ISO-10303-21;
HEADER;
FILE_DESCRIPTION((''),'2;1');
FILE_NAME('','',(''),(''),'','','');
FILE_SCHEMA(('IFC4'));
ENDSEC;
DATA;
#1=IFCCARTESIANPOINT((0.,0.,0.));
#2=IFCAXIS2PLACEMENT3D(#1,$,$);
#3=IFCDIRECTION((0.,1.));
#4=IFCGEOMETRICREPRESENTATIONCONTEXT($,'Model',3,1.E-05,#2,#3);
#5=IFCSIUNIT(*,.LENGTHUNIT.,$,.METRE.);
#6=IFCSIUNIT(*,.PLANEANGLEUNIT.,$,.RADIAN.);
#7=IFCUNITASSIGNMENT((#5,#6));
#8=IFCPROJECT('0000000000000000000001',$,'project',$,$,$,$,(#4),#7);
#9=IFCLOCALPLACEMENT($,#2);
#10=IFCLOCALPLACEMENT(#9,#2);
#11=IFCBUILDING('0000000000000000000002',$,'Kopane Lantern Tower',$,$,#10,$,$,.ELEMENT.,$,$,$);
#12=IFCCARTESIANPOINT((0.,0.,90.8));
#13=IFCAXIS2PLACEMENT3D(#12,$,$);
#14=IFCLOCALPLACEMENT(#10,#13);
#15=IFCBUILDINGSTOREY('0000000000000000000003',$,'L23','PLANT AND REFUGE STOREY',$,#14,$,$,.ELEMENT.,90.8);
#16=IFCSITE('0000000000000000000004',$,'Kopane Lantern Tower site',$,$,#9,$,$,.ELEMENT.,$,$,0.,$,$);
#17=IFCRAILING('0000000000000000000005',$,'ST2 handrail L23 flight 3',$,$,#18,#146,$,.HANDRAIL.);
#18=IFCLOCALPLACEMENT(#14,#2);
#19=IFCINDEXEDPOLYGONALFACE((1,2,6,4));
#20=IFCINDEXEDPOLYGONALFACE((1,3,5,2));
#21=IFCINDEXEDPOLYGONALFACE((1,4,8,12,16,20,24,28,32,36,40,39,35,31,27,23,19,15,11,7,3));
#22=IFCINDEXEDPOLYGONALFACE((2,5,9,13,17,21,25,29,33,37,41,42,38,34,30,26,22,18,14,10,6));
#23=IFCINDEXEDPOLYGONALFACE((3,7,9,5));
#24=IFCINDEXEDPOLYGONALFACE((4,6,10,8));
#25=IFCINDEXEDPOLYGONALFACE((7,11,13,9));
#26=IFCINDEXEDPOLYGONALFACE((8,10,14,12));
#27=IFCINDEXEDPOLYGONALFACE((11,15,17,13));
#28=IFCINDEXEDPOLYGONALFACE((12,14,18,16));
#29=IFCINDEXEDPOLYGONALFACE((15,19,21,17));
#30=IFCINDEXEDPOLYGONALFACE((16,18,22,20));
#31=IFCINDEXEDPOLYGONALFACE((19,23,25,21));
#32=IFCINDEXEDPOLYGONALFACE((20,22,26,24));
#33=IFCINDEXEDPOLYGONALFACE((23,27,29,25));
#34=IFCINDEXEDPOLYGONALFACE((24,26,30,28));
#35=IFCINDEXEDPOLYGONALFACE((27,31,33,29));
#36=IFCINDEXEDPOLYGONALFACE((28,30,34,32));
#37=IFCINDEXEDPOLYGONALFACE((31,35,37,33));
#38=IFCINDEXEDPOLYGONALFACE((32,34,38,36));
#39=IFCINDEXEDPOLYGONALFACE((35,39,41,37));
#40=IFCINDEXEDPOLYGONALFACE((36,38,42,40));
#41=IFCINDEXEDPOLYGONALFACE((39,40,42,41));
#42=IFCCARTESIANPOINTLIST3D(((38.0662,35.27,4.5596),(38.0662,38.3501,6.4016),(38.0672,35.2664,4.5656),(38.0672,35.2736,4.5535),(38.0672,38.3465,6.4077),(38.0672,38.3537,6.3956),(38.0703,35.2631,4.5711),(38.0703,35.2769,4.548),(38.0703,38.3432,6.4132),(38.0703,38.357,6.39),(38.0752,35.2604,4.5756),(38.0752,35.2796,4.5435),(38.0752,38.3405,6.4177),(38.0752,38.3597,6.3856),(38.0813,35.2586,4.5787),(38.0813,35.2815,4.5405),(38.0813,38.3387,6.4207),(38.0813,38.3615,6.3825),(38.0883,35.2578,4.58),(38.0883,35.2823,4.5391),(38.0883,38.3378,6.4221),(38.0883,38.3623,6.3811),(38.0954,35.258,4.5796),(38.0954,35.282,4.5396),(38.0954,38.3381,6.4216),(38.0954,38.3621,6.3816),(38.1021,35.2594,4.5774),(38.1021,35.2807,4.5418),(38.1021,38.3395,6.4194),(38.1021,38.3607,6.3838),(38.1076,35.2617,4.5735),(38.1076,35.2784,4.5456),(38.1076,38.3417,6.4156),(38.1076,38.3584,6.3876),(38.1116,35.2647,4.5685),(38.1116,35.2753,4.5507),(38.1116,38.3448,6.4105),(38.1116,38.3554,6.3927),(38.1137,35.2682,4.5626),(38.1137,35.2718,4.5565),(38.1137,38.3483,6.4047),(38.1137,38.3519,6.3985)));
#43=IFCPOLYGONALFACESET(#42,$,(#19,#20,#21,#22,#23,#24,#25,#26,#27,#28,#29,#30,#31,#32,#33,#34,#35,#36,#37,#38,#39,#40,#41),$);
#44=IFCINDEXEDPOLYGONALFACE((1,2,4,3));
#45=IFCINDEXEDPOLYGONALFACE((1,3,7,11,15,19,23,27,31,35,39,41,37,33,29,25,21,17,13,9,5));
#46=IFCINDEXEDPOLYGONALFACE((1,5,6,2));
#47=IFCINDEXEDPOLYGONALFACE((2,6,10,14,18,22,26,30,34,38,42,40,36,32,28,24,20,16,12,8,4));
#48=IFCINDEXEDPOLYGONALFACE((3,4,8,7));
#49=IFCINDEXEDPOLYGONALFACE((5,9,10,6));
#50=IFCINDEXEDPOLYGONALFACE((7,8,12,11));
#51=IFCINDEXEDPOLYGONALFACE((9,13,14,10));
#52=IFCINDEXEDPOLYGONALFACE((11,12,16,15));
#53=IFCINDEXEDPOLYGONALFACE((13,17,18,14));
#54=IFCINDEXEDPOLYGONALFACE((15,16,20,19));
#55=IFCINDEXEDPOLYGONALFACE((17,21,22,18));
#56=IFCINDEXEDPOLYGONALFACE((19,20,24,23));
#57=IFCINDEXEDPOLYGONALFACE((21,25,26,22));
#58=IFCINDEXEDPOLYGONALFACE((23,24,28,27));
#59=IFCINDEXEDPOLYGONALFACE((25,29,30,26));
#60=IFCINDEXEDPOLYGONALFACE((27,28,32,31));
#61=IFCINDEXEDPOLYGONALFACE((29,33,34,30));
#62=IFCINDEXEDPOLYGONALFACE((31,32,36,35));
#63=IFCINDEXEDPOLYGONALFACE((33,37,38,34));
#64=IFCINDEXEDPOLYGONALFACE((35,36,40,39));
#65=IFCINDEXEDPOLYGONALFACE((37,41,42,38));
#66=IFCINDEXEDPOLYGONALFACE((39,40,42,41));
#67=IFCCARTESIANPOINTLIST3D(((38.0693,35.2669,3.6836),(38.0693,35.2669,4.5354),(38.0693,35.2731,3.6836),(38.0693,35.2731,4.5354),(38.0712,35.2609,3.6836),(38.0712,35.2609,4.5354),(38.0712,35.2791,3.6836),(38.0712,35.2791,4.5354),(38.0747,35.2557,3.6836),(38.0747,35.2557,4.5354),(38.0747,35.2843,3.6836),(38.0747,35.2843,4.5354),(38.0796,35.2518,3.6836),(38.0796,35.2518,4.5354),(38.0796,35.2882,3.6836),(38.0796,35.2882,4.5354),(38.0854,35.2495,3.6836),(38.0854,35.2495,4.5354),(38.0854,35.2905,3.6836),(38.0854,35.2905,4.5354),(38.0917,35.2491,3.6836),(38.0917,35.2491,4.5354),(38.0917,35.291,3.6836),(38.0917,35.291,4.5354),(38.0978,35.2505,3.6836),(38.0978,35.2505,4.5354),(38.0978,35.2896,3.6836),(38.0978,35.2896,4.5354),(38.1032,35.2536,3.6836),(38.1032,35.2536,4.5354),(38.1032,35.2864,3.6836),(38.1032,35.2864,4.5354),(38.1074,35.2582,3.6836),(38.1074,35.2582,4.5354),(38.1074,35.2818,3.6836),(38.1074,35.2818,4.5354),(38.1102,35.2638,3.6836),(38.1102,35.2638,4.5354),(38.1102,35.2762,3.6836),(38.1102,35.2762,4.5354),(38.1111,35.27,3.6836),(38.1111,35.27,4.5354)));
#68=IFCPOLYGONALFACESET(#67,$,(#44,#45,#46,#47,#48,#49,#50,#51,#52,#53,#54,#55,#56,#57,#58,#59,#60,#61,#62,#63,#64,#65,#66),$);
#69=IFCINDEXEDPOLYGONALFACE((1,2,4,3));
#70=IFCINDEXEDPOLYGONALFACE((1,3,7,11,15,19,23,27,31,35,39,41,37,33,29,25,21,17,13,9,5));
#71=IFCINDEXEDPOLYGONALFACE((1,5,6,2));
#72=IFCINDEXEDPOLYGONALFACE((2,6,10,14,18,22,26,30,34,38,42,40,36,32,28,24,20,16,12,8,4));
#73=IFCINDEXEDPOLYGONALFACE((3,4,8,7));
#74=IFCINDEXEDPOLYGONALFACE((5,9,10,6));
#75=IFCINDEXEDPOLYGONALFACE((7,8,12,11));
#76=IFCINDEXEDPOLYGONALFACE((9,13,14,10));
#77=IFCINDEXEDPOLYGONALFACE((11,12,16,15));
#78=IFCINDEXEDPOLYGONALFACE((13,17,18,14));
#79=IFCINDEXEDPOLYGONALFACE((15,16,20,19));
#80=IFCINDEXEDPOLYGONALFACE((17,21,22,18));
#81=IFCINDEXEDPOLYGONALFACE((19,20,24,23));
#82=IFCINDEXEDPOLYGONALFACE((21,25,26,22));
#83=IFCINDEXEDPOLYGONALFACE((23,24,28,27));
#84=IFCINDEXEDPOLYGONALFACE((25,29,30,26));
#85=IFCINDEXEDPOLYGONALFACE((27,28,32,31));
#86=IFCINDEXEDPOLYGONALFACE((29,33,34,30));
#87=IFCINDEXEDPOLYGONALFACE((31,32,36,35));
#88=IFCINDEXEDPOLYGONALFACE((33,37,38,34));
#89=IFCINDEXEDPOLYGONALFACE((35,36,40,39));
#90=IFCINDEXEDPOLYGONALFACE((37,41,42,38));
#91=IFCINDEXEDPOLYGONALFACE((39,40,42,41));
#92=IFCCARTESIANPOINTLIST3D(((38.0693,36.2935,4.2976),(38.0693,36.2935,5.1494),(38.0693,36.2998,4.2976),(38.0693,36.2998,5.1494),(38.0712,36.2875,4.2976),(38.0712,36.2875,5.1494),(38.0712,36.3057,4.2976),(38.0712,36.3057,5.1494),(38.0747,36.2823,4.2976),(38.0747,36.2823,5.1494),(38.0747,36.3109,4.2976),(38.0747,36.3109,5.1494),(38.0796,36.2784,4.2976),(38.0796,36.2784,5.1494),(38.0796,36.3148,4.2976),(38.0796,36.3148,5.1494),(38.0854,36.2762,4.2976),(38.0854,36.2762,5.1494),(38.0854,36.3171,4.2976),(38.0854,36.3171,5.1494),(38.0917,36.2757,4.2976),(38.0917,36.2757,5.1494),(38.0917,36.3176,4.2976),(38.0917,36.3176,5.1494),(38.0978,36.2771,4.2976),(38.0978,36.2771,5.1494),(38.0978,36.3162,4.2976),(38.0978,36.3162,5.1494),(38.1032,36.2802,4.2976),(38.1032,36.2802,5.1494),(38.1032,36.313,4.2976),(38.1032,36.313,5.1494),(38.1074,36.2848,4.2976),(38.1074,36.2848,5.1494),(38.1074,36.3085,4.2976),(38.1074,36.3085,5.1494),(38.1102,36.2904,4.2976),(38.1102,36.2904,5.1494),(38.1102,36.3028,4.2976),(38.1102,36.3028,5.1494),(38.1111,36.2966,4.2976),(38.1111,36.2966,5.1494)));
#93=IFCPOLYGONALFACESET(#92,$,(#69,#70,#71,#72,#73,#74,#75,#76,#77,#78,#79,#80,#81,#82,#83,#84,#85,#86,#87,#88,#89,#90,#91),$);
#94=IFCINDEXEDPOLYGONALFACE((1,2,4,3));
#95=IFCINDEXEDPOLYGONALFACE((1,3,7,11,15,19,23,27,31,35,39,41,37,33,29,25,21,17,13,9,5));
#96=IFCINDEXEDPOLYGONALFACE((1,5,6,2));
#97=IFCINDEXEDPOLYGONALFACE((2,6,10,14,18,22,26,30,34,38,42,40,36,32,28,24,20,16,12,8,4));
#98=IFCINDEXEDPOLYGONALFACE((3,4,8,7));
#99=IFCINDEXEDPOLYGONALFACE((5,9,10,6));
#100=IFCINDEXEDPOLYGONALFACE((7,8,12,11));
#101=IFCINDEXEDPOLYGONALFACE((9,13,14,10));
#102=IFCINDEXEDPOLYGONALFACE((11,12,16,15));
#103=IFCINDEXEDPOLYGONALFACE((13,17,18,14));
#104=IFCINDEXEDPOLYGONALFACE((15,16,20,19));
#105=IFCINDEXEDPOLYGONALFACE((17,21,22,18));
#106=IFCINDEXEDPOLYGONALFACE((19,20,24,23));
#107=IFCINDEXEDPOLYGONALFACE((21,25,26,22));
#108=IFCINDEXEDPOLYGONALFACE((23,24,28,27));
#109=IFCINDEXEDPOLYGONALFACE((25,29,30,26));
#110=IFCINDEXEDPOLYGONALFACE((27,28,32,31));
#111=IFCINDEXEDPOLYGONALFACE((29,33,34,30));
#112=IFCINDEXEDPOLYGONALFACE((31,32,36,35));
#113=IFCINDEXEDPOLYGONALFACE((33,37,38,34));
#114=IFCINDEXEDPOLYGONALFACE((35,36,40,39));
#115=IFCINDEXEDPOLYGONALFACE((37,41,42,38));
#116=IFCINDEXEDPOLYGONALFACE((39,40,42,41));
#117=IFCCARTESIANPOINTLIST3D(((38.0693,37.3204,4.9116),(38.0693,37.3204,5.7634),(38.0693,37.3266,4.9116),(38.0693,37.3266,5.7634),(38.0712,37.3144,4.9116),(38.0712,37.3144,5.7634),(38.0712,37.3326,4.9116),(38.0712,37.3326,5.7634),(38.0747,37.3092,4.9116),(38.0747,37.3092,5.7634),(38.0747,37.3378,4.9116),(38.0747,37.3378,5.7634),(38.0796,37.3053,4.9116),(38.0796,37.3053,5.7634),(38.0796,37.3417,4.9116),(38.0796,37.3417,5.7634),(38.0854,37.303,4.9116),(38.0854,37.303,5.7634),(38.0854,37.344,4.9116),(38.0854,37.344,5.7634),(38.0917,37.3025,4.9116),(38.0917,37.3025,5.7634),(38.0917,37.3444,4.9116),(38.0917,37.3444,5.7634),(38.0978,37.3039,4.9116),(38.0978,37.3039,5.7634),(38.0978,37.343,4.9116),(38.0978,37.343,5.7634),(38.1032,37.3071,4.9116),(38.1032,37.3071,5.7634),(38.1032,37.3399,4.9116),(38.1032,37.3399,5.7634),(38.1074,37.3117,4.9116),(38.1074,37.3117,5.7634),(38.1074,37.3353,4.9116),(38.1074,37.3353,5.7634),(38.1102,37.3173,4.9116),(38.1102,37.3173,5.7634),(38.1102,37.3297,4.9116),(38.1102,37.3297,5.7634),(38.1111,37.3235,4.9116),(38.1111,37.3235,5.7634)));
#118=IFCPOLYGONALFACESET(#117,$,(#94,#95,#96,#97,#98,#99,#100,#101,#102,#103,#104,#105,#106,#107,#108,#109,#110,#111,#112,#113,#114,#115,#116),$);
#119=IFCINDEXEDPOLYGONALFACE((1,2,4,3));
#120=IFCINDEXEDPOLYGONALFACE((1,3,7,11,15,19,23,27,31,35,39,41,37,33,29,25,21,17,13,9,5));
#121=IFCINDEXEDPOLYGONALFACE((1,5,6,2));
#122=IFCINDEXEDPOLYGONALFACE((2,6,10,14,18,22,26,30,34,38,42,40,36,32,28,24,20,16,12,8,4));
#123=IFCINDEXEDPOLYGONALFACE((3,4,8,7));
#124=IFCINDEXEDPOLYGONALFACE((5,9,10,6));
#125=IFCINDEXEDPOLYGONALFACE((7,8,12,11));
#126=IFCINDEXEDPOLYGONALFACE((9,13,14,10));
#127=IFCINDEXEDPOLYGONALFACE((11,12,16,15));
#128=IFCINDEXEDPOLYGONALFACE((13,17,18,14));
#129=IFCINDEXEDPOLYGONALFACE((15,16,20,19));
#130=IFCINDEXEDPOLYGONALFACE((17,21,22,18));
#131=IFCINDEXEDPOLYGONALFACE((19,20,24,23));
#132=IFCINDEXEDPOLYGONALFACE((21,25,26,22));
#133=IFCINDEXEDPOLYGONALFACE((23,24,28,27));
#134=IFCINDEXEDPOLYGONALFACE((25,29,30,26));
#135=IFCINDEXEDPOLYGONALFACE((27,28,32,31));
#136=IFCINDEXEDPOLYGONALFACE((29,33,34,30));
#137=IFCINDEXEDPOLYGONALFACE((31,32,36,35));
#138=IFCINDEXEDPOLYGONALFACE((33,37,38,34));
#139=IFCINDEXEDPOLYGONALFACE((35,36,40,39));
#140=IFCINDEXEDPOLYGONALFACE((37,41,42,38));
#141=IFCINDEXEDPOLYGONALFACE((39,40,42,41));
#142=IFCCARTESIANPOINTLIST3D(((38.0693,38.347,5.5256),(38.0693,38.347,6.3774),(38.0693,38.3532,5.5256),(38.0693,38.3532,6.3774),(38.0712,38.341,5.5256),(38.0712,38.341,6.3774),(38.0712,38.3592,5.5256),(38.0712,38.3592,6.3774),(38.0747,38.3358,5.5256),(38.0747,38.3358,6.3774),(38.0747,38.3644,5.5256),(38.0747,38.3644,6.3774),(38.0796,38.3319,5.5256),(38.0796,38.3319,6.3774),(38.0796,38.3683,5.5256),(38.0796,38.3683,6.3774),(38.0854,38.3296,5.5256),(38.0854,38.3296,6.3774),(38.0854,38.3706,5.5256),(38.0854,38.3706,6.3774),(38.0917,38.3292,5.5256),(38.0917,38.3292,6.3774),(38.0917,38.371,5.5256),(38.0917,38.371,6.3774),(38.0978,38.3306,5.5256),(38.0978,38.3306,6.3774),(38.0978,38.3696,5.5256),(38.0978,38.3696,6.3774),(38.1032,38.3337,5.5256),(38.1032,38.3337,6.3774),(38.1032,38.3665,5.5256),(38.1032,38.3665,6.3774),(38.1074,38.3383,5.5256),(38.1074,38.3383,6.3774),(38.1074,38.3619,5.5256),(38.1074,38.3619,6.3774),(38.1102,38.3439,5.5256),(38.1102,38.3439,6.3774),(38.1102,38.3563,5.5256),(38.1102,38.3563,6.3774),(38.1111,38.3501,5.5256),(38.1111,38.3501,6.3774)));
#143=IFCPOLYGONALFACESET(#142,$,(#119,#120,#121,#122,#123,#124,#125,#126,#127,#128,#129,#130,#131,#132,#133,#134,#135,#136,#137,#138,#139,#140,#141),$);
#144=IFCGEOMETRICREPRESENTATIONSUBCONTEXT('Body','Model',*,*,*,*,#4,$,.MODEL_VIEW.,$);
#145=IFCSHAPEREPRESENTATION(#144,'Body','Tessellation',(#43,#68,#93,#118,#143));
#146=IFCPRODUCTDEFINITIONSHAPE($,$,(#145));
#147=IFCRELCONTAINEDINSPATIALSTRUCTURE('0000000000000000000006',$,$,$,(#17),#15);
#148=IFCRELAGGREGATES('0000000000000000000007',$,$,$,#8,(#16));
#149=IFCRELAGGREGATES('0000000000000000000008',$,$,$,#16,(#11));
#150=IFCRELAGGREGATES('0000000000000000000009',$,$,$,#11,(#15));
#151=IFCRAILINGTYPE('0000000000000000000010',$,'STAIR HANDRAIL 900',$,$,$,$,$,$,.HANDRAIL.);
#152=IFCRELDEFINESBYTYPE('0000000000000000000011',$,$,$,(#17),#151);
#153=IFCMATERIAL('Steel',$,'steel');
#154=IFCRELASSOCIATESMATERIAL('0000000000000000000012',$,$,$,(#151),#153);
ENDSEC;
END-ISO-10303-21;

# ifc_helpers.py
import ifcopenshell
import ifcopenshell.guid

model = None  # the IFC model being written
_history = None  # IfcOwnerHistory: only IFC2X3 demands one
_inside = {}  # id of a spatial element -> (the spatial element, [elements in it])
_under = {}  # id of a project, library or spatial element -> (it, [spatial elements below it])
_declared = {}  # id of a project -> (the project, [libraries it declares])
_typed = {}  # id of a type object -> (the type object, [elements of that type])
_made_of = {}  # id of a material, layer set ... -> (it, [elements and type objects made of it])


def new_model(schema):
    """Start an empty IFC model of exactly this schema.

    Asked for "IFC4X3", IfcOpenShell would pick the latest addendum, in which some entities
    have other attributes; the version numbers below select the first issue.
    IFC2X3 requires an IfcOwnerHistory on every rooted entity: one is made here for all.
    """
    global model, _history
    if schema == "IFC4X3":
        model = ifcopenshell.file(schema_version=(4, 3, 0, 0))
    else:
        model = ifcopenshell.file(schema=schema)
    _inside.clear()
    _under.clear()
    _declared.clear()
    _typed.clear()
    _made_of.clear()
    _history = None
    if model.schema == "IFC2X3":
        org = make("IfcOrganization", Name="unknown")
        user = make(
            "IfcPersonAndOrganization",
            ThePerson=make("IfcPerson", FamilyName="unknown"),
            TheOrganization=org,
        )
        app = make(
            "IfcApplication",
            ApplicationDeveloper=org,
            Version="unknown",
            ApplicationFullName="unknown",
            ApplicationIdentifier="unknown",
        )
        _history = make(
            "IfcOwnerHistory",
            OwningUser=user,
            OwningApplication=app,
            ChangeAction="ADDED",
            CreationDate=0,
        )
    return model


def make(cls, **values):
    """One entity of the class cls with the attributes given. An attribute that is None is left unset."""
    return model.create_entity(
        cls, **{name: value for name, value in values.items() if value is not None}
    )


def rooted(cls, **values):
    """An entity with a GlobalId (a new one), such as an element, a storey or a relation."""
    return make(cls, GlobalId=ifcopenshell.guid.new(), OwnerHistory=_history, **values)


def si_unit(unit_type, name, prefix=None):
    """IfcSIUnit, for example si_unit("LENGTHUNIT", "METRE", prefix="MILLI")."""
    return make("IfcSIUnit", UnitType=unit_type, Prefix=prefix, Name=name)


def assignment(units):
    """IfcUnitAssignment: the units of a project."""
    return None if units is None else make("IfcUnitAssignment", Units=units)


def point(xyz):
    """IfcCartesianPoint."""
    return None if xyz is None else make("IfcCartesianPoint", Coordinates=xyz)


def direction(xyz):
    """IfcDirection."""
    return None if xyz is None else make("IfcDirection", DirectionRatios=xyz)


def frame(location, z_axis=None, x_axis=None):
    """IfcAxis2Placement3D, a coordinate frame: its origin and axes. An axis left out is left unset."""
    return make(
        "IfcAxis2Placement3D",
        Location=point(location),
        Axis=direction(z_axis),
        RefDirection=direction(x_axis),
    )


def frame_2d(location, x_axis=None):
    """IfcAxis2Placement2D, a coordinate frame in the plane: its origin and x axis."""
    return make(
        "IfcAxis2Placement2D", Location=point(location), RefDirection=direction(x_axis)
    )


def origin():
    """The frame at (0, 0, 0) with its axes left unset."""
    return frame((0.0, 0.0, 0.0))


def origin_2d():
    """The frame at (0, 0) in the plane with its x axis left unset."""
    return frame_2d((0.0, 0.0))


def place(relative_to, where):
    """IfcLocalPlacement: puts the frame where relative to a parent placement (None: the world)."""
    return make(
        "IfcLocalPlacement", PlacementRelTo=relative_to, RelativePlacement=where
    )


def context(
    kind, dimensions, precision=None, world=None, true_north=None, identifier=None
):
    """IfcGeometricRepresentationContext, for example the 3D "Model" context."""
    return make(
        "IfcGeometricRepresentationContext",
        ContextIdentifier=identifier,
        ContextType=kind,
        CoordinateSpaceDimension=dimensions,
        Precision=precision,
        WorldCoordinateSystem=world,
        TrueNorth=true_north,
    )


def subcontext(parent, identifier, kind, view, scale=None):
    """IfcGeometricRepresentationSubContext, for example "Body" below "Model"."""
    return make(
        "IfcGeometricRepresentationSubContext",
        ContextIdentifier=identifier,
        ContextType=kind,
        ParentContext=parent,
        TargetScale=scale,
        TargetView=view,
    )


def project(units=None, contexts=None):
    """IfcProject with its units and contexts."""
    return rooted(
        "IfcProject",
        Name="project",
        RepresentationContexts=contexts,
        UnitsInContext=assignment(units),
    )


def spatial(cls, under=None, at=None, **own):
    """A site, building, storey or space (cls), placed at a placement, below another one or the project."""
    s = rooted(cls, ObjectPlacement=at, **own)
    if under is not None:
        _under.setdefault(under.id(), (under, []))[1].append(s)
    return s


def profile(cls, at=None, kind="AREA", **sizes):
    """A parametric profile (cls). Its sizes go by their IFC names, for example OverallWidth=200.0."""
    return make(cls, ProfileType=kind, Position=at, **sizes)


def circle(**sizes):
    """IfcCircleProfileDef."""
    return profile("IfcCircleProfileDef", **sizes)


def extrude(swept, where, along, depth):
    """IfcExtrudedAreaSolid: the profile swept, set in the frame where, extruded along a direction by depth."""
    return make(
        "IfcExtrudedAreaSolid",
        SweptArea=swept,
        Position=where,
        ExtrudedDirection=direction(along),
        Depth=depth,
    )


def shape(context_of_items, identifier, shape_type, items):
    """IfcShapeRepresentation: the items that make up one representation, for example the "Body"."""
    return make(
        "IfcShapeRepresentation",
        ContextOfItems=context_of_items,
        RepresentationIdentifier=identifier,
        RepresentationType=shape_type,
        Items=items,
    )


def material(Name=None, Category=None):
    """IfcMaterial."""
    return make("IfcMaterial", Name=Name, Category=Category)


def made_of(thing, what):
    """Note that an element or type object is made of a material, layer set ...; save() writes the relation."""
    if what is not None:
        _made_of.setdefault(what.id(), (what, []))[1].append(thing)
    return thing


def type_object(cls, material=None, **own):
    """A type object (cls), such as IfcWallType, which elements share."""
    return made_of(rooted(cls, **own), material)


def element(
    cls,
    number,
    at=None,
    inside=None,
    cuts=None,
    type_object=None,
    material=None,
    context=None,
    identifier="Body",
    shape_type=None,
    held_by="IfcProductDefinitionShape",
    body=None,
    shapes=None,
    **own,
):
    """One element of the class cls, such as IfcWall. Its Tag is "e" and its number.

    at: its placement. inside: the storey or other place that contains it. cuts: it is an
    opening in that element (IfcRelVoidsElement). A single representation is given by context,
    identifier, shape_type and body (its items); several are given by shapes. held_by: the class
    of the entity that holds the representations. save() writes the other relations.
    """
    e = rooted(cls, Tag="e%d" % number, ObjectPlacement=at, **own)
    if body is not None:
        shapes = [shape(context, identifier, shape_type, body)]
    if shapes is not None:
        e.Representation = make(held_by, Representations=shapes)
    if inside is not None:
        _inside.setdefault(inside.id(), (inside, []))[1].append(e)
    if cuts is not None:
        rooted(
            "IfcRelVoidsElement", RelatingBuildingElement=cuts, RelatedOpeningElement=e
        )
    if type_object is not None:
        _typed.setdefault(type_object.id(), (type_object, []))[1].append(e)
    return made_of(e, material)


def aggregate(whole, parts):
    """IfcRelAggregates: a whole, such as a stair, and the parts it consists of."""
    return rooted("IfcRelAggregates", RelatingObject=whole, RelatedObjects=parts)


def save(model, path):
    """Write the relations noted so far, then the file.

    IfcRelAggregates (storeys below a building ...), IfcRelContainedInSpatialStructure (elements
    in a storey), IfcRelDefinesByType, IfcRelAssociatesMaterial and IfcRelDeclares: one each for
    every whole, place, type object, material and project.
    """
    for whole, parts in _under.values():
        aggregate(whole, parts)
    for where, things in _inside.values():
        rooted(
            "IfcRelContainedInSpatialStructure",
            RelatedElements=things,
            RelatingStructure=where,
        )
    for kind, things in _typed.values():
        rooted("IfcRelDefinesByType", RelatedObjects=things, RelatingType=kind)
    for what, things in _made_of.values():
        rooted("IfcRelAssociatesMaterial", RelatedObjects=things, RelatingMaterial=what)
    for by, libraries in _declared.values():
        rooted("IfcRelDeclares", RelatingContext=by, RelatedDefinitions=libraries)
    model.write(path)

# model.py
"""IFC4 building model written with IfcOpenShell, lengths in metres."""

from ifc_helpers import new_model, si_unit, direction, frame, origin, origin_2d, place, context, subcontext, project, spatial, circle, extrude, material, type_object, element, save


model = new_model("IFC4")

# Units and contexts
model_context = context("Model", 3, precision=1e-05, world=origin(), true_north=direction((0.0, 1.0)))
body_context = subcontext(model_context, "Body", "Model", "MODEL_VIEW")
ifc_project = project(units=[si_unit("LENGTHUNIT", "METRE"), si_unit("PLANEANGLEUNIT", "RADIAN")], contexts=[model_context])

# Site, building, storey
site_placement = place(None, origin())
site = spatial("IfcSite", under=ifc_project, at=site_placement, Name="Kopane Lantern Tower site", CompositionType="ELEMENT", RefElevation=0.0)
building_placement = place(site_placement, origin())
building = spatial("IfcBuilding", under=site, at=building_placement, Name="Kopane Lantern Tower", CompositionType="ELEMENT")
storey_placement = place(building_placement, frame((0.0, 0.0, 90.8)))
storey = spatial("IfcBuildingStorey", under=building, at=storey_placement, Name="L23", Description="PLANT AND REFUGE STOREY", CompositionType="ELEMENT", Elevation=90.8)

# Railing
ifc_material_1 = material(Name="Steel", Category="steel")
railing_type_1 = type_object("IfcRailingType", Name="STAIR HANDRAIL 900", PredefinedType="HANDRAIL", material=ifc_material_1)
for number, where, name in (
    (1, (38.0901, 35.27, 3.6836), "ST2 handrail L23 flight 3"),
):
    element("IfcRailing", number, at=place(storey_placement, frame(where)), inside=storey, type_object=railing_type_1, Name=name, PredefinedType="HANDRAIL", context=body_context, shape_type="SweptSolid", body=[
        extrude(circle(Radius=0.0239, at=origin_2d()), frame((0.0, 0.0, 0.876), z_axis=(0.0, 0.85823, 0.513265), x_axis=(-1.0, 0.0, 0.0)), (0.0, 0.0, 1.0), 3.5889),
        extrude(circle(Radius=0.021, at=origin_2d()), origin(), (0.0, 0.0, 1.0), 0.8518),
        extrude(circle(Radius=0.021, at=origin_2d()), frame((0.0, 1.0266, 0.614)), (0.0, 0.0, 1.0), 0.8518),
        extrude(circle(Radius=0.021, at=origin_2d()), frame((0.0, 2.0535, 1.228)), (0.0, 0.0, 1.0), 0.8518),
        extrude(circle(Radius=0.021, at=origin_2d()), frame((0.0, 3.0801, 1.842)), (0.0, 0.0, 1.0), 0.8518),
    ])

save(model, "model.ifc")
